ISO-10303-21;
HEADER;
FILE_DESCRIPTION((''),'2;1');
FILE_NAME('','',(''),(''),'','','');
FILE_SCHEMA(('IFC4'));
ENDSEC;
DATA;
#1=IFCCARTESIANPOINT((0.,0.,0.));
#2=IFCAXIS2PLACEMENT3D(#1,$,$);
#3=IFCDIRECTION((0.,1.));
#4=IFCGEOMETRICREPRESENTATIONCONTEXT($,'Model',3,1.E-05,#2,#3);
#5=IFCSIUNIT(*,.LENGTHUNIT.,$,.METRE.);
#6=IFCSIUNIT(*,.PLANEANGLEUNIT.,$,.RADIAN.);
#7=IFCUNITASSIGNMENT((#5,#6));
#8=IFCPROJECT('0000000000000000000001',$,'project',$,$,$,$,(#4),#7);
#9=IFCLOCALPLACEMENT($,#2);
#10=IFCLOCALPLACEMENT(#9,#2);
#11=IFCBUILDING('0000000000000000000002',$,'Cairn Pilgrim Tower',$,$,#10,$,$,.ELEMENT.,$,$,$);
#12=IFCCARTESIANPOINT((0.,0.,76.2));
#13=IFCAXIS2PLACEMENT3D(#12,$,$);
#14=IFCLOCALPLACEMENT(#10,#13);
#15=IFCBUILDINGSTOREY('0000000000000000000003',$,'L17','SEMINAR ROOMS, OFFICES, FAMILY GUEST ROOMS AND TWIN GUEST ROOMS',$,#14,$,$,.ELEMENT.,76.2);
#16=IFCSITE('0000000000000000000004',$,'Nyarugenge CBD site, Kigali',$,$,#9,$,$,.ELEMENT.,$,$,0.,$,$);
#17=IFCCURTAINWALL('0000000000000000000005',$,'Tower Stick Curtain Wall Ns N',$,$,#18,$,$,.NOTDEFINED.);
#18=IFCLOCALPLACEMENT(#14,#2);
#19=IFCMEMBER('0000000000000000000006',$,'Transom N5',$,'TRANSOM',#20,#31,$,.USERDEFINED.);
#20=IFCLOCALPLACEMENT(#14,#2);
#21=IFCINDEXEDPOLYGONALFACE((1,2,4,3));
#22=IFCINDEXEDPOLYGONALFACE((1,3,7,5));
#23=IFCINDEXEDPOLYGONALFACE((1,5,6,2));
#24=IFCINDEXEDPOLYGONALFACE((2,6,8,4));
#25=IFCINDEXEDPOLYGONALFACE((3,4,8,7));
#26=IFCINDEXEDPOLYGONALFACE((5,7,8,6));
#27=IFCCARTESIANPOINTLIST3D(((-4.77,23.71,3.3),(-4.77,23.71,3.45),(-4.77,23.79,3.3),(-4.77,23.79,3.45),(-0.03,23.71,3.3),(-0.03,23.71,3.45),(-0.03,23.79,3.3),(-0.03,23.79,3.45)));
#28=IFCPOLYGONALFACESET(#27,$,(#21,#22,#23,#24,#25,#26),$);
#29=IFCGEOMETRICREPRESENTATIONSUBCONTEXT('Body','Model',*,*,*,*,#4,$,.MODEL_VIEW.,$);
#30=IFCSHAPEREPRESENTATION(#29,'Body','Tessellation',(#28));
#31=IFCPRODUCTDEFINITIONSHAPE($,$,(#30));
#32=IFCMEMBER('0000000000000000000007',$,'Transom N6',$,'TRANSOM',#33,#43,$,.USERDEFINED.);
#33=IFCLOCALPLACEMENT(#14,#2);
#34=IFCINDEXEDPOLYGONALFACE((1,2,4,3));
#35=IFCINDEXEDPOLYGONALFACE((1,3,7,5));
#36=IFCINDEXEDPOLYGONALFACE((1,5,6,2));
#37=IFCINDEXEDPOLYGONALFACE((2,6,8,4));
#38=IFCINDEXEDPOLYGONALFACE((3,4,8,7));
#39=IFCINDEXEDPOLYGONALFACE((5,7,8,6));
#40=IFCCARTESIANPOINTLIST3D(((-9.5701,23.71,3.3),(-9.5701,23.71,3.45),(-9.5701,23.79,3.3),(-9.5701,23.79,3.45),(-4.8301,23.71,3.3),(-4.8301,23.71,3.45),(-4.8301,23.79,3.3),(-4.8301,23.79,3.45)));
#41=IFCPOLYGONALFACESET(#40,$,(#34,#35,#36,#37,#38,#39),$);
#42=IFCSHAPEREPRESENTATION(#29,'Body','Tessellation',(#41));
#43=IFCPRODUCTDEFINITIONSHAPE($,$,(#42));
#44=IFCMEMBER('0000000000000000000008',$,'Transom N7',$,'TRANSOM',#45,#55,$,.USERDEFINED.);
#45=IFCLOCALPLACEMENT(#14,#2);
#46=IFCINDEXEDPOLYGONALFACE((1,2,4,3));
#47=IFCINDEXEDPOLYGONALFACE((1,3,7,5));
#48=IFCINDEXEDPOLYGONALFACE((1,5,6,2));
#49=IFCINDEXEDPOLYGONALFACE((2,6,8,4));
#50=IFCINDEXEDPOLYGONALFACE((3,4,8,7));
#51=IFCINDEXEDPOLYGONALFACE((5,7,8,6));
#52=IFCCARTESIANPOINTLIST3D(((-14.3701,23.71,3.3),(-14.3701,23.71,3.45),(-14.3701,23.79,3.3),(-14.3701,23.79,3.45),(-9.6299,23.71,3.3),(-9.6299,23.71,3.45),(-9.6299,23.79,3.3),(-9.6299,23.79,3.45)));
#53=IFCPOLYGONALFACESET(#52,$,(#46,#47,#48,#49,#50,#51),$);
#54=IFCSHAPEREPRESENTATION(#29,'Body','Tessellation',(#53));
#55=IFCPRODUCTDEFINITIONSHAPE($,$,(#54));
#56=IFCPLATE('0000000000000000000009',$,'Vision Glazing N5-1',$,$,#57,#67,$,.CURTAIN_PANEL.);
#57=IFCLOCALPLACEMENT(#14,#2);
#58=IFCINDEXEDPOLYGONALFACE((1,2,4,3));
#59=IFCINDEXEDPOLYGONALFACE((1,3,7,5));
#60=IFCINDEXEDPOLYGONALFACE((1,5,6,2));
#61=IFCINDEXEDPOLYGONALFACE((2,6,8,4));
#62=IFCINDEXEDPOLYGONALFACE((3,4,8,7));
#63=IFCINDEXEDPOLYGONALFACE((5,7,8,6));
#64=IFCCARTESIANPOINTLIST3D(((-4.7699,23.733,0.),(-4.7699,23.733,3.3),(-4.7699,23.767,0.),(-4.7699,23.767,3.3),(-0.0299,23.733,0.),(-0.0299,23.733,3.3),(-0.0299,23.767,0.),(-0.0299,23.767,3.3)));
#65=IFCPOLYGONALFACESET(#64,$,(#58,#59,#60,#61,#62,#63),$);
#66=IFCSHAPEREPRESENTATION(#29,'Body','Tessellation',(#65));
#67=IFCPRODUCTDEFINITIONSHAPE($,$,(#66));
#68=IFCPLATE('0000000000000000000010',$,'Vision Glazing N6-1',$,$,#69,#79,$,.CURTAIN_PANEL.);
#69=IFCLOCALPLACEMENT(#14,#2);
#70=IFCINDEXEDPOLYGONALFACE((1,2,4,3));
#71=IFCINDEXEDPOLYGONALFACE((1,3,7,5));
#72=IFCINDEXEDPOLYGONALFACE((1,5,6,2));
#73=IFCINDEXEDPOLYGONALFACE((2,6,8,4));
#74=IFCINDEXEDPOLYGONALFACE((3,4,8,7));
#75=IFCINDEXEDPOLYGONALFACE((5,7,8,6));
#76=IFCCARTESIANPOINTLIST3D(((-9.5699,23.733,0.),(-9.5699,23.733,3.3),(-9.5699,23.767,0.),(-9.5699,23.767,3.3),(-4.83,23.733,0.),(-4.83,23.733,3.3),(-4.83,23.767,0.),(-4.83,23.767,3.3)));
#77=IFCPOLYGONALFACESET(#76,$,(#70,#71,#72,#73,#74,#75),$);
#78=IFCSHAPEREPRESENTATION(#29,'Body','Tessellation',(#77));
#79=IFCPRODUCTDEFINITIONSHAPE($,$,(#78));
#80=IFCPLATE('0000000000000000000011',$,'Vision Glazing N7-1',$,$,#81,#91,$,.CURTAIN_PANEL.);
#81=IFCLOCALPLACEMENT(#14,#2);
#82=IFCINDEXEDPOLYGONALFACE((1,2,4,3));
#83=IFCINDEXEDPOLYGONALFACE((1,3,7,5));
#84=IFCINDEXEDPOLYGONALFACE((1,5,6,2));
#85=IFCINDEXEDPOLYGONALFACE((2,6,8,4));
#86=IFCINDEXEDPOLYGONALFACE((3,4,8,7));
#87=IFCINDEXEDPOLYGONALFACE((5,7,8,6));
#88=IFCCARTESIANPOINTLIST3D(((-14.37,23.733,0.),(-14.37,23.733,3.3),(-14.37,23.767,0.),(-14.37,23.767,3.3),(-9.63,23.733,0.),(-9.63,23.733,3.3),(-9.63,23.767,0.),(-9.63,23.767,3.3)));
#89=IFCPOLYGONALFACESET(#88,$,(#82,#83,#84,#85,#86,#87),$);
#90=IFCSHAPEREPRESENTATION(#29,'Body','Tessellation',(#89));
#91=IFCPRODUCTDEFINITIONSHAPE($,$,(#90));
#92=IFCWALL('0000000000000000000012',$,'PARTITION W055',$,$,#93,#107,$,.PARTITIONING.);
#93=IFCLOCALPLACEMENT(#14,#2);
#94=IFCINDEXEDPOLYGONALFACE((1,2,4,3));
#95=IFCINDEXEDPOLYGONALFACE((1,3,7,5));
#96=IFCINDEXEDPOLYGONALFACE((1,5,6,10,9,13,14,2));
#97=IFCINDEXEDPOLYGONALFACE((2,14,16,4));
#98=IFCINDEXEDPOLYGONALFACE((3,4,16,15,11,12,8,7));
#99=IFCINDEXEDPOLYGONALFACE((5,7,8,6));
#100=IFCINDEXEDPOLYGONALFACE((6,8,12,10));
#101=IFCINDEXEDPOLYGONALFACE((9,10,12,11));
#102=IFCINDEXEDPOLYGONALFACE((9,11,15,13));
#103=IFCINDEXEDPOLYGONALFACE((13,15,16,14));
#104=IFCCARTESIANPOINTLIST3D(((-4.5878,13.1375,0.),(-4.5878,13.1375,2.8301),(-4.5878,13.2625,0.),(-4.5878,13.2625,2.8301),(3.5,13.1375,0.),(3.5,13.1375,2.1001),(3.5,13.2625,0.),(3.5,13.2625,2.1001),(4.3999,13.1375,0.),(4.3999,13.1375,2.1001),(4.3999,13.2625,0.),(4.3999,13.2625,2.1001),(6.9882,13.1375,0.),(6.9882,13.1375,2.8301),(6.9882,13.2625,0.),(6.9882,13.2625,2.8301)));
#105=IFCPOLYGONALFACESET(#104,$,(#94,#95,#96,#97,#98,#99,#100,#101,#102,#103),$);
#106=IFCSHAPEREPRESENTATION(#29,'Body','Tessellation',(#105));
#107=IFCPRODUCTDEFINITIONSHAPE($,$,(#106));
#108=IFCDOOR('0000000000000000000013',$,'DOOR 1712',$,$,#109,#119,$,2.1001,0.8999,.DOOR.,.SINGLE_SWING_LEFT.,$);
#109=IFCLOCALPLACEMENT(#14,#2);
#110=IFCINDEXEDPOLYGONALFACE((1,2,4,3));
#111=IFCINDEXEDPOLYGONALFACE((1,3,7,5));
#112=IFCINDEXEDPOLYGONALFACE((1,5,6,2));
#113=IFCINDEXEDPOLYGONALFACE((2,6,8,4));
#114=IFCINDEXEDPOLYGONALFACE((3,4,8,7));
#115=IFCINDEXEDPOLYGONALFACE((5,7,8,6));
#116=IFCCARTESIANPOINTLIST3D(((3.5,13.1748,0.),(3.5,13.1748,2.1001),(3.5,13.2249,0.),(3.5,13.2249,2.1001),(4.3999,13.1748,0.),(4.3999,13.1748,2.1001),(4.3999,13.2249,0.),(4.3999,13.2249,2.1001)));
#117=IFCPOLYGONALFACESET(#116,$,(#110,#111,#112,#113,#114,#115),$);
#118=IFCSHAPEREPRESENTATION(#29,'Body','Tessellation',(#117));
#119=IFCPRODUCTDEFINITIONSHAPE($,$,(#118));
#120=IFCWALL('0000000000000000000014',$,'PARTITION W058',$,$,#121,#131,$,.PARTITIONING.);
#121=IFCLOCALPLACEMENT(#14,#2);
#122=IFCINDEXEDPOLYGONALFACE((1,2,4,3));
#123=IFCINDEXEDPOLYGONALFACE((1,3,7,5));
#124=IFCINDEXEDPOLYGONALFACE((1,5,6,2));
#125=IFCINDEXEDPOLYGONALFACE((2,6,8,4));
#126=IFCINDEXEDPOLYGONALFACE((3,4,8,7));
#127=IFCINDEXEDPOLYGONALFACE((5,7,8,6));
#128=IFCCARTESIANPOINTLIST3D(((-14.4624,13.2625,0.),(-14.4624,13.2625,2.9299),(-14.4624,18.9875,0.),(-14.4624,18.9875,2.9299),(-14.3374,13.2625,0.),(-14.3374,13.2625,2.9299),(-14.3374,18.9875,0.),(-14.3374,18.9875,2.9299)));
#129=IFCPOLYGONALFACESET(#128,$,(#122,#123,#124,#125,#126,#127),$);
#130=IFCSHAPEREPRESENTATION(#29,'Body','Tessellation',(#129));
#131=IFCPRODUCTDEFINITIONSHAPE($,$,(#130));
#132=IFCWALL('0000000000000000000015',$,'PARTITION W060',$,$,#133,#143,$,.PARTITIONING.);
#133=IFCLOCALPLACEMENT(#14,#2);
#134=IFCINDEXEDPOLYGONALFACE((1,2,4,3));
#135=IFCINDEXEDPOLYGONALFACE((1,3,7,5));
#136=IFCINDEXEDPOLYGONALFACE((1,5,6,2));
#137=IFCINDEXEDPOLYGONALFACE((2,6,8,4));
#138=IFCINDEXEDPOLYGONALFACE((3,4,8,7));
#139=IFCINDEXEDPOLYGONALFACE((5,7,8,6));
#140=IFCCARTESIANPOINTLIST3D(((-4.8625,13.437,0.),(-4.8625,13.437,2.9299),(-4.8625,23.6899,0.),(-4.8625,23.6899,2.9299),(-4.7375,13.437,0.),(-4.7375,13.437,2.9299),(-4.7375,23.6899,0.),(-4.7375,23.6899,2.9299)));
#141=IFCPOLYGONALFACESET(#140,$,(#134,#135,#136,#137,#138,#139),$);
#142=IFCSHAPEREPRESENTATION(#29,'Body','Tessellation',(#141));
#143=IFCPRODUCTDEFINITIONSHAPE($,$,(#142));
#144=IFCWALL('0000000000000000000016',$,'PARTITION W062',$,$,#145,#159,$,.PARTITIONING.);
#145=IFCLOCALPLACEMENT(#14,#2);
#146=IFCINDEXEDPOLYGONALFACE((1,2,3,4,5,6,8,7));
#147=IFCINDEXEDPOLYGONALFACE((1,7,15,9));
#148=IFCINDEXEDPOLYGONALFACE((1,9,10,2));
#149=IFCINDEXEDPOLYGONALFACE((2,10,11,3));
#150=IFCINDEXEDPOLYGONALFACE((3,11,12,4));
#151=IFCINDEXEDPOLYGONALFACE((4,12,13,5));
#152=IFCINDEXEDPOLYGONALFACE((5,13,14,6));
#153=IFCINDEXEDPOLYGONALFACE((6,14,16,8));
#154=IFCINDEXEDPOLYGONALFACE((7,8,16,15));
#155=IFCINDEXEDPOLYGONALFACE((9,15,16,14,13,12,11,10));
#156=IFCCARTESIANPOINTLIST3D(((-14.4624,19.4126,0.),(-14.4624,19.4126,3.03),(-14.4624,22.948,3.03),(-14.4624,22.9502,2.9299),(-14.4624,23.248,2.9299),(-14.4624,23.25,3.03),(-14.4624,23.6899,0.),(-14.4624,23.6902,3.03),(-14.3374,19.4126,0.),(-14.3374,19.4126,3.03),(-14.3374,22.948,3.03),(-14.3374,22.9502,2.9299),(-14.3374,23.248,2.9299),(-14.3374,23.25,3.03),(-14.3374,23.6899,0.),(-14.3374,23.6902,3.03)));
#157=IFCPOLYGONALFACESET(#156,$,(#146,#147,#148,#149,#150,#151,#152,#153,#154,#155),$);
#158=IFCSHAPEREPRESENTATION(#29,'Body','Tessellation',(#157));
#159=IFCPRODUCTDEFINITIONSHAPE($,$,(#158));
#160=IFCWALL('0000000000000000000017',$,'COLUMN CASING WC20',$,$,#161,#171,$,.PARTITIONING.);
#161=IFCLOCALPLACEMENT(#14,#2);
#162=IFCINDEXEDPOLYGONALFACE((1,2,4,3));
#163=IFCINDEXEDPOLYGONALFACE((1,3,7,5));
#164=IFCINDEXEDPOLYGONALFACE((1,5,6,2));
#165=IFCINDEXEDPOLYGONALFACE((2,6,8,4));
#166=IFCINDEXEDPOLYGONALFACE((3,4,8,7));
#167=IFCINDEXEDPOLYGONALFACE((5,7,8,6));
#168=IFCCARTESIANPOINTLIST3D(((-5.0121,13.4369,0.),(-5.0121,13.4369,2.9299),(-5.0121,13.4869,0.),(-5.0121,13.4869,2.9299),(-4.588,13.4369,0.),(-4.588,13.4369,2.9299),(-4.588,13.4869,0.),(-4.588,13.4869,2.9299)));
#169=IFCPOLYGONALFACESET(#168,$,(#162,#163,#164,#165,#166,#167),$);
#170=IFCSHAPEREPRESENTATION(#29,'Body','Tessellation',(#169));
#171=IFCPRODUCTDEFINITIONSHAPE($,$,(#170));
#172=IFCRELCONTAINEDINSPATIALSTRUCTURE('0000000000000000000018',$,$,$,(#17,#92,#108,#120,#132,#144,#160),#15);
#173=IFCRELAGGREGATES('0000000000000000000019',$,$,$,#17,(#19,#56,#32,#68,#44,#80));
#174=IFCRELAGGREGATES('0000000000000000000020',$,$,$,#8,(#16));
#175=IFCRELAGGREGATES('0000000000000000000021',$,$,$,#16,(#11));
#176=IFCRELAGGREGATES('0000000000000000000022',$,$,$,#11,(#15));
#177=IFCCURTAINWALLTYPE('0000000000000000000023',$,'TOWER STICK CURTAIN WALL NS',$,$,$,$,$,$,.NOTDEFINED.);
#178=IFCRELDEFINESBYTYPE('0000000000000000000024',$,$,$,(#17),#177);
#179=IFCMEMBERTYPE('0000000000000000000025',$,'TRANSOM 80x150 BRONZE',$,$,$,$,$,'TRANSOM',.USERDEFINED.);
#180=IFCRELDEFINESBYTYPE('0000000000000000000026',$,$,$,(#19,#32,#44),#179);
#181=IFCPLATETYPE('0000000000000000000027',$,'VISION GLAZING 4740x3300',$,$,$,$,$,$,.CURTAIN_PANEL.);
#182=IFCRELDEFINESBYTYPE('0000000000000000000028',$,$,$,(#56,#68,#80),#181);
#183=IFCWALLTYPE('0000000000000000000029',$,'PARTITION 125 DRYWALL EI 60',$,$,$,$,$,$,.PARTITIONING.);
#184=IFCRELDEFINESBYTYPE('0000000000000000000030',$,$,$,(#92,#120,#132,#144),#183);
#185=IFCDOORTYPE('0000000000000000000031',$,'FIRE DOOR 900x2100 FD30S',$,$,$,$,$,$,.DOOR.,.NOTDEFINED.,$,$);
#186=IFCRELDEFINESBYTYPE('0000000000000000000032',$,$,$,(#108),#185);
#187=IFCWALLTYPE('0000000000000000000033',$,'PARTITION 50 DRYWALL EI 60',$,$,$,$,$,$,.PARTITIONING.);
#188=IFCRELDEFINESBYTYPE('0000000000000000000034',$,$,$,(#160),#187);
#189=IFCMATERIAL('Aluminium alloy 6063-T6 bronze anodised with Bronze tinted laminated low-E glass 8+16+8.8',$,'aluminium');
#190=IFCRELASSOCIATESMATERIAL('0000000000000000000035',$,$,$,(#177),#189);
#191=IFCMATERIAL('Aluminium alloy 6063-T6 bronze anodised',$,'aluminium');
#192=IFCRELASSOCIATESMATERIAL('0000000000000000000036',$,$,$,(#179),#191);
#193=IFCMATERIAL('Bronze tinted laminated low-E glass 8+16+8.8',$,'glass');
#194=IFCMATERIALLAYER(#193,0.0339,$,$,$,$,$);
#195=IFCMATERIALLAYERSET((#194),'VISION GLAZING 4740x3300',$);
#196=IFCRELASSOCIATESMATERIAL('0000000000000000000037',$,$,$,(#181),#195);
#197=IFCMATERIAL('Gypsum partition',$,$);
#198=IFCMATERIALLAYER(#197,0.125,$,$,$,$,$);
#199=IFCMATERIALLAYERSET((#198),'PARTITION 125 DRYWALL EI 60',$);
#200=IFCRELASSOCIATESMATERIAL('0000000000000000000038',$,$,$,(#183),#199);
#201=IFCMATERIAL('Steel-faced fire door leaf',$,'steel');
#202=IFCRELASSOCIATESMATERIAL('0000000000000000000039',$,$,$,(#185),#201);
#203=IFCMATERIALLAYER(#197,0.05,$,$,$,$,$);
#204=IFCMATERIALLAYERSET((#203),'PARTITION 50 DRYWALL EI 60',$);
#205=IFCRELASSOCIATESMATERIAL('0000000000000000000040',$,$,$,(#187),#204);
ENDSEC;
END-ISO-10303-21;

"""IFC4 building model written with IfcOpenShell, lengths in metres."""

from ifc_helpers import new_model, si_unit, direction, frame, frame_2d, origin, origin_2d, place, context, subcontext, project, spatial, polyline, rectangle, outline, extrude, material, layer, layer_set, material_profile, profile_set, type_object, element, fill, aggregate, save


model = new_model("IFC4")

# Units and contexts
model_context = context("Model", 3, precision=1e-05, world=origin(), true_north=direction((0.0, 1.0)))
body_context = subcontext(model_context, "Body", "Model", "MODEL_VIEW")
ifc_project = project(units=[si_unit("LENGTHUNIT", "METRE"), si_unit("PLANEANGLEUNIT", "RADIAN")], contexts=[model_context])

# Site, building, storey
site_placement = place(None, origin())
site = spatial("IfcSite", under=ifc_project, at=site_placement, Name="Nyarugenge CBD site, Kigali", CompositionType="ELEMENT", RefElevation=0.0)
building_placement = place(site_placement, origin())
building = spatial("IfcBuilding", under=site, at=building_placement, Name="Cairn Pilgrim Tower", CompositionType="ELEMENT")
storey_placement = place(building_placement, frame((0.0, 0.0, 76.2)))
storey = spatial("IfcBuildingStorey", under=building, at=storey_placement, Name="L17", Description="SEMINAR ROOMS, OFFICES, FAMILY GUEST ROOMS AND TWIN GUEST ROOMS", CompositionType="ELEMENT", Elevation=76.2)

# Curtain wall
ifc_material_1 = material(Name="Aluminium alloy 6063-T6 bronze anodised with Bronze tinted laminated low-E glass 8+16+8.8", Category="aluminium")
curtain_wall_type = type_object("IfcCurtainWallType", Name="TOWER STICK CURTAIN WALL NS", PredefinedType="NOTDEFINED", material=ifc_material_1)
curtain_wall_placement = place(storey_placement, origin())
curtain_wall = element("IfcCurtainWall", 1, at=curtain_wall_placement, inside=storey, type_object=curtain_wall_type, Name="Tower Stick Curtain Wall Ns N", PredefinedType="NOTDEFINED")
ifc_material_2 = material(Name="Aluminium alloy 6063-T6 bronze anodised", Category="aluminium")

# Members
ifc_material_profile_1 = material_profile(ifc_material_2, rectangle(XDim=0.0801, YDim=0.1499, at=origin_2d()), Name="TRANSOM 80x150 BRONZE")
ifc_profile_set_1 = profile_set([ifc_material_profile_1], Name="Aluminium alloy 6063-T6 bronze anodised")
member_type_1 = type_object("IfcMemberType", Name="TRANSOM 80x150 BRONZE", ElementType="TRANSOM", PredefinedType="USERDEFINED", material=ifc_profile_set_1)
member_1_placement = place(storey_placement, frame((-0.03, 23.75, 3.375), z_axis=(-1.0, 0.0, 0.0), x_axis=(0.0, -1.0, 0.0)))
member_1 = element("IfcMember", 2, at=member_1_placement, type_object=member_type_1, Name="Transom N5", ObjectType="TRANSOM", PredefinedType="USERDEFINED", context=body_context, shape_type="SweptSolid", body=[
    extrude(rectangle(XDim=0.0801, YDim=0.1499, at=origin_2d()), origin(), (0.0, 0.0, 1.0), 4.74),
])
member_2_placement = place(storey_placement, frame((-4.8301, 23.75, 3.375), z_axis=(-1.0, 0.0, 0.0), x_axis=(0.0, -1.0, 0.0)))
member_2 = element("IfcMember", 3, at=member_2_placement, type_object=member_type_1, Name="Transom N6", ObjectType="TRANSOM", PredefinedType="USERDEFINED", context=body_context, shape_type="SweptSolid", body=[
    extrude(rectangle(XDim=0.0801, YDim=0.1499, at=origin_2d()), origin(), (0.0, 0.0, 1.0), 4.74),
])
member_3_placement = place(storey_placement, frame((-9.6299, 23.75, 3.375), z_axis=(-1.0, 0.0, 0.0), x_axis=(0.0, -1.0, 0.0)))
member_3 = element("IfcMember", 4, at=member_3_placement, type_object=member_type_1, Name="Transom N7", ObjectType="TRANSOM", PredefinedType="USERDEFINED", context=body_context, shape_type="SweptSolid", body=[
    extrude(rectangle(XDim=0.0801, YDim=0.1499, at=origin_2d()), origin(), (0.0, 0.0, 1.0), 4.7402),
])

# Plates
ifc_material_3 = material(Name="Bronze tinted laminated low-E glass 8+16+8.8", Category="glass")
ifc_layer_1 = layer(ifc_material_3, 0.0339)
ifc_layer_set_1 = layer_set([ifc_layer_1], Name="VISION GLAZING 4740x3300")
plate_type = type_object("IfcPlateType", Name="VISION GLAZING 4740x3300", PredefinedType="CURTAIN_PANEL", material=ifc_layer_set_1)
plate_1_placement = place(storey_placement, frame((-2.3999, 23.75, 0.0), z_axis=(0.0, 0.0, 1.0), x_axis=(-1.0, 0.0, 0.0)))
plate_1 = element("IfcPlate", 5, at=plate_1_placement, type_object=plate_type, Name="Vision Glazing N5-1", PredefinedType="CURTAIN_PANEL", context=body_context, shape_type="SweptSolid", body=[
    extrude(rectangle(XDim=4.74, YDim=0.0339, at=origin_2d()), origin(), (0.0, 0.0, 1.0), 3.3),
])
plate_2_placement = place(storey_placement, frame((-7.2, 23.75, 0.0), z_axis=(0.0, 0.0, 1.0), x_axis=(-1.0, 0.0, 0.0)))
plate_2 = element("IfcPlate", 6, at=plate_2_placement, type_object=plate_type, Name="Vision Glazing N6-1", PredefinedType="CURTAIN_PANEL", context=body_context, shape_type="SweptSolid", body=[
    extrude(rectangle(XDim=4.74, YDim=0.0339, at=origin_2d()), origin(), (0.0, 0.0, 1.0), 3.3),
])
plate_3_placement = place(storey_placement, frame((-12.0, 23.75, 0.0), z_axis=(0.0, 0.0, 1.0), x_axis=(-1.0, 0.0, 0.0)))
plate_3 = element("IfcPlate", 7, at=plate_3_placement, type_object=plate_type, Name="Vision Glazing N7-1", PredefinedType="CURTAIN_PANEL", context=body_context, shape_type="SweptSolid", body=[
    extrude(rectangle(XDim=4.74, YDim=0.0339, at=origin_2d()), origin(), (0.0, 0.0, 1.0), 3.3),
])
aggregate(curtain_wall, [member_1, plate_1, member_2, plate_2, member_3, plate_3])

# Wall, opening, door
ifc_material_4 = material(Name="Gypsum partition")
ifc_layer_2 = layer(ifc_material_4, 0.125)
ifc_layer_set_2 = layer_set([ifc_layer_2], Name="PARTITION 125 DRYWALL EI 60")
wall_type_1 = type_object("IfcWallType", Name="PARTITION 125 DRYWALL EI 60", PredefinedType="PARTITIONING", material=ifc_layer_set_2)
wall_1_placement = place(storey_placement, frame((-4.5879, 13.2, 0.0), z_axis=(0.0, 0.0, 1.0), x_axis=(1.0, 0.0, 0.0)))
wall_1 = element("IfcWall", 8, at=wall_1_placement, inside=storey, type_object=wall_type_1, Name="PARTITION W055", PredefinedType="PARTITIONING", context=body_context, shape_type="SweptSolid", body=[
    extrude(rectangle(XDim=11.5759, YDim=0.125, at=frame_2d((5.7881, 0.0))), origin(), (0.0, 0.0, 1.0), 2.8301),
])
opening_placement = place(wall_1_placement, frame((8.0879, 0.0, 0.0)))
opening = element("IfcOpeningElement", 9, at=opening_placement, cuts=wall_1, PredefinedType="OPENING", context=body_context, shape_type="SweptSolid", body=[
    extrude(rectangle(XDim=0.8999, YDim=2.1001, at=frame_2d((0.45, 1.05))), frame((0.0, 0.0725, 0.0), z_axis=(0.0, -1.0, 0.0), x_axis=(1.0, 0.0, 0.0)), (0.0, 0.0, 1.0), 0.145),
])
ifc_material_5 = material(Name="Steel-faced fire door leaf", Category="steel")
door_type = type_object("IfcDoorType", Name="FIRE DOOR 900x2100 FD30S", OperationType="NOTDEFINED", PredefinedType="DOOR", material=ifc_material_5)
door_placement = place(opening_placement, origin())
door = element("IfcDoor", 10, at=door_placement, inside=storey, type_object=door_type, Name="DOOR 1712", OperationType="SINGLE_SWING_LEFT", OverallHeight=2.1001, OverallWidth=0.8999, PredefinedType="DOOR", context=body_context, shape_type="SweptSolid", body=[
    extrude(rectangle(XDim=0.8999, YDim=2.1001, at=frame_2d((0.45, 1.05))), frame((0.0, 0.0249, 0.0), z_axis=(0.0, -1.0, 0.0), x_axis=(1.0, 0.0, 0.0)), (0.0, 0.0, 1.0), 0.05),
])
fill(opening, door)

# Walls
wall_2_placement = place(storey_placement, frame((-14.3999, 13.2625, 0.0), z_axis=(0.0, 0.0, 1.0), x_axis=(0.0, 1.0, 0.0)))
element("IfcWall", 11, at=wall_2_placement, inside=storey, type_object=wall_type_1, Name="PARTITION W058", PredefinedType="PARTITIONING", context=body_context, shape_type="SweptSolid", body=[
    extrude(rectangle(XDim=5.7251, YDim=0.125, at=frame_2d((2.8625, 0.0))), origin(), (0.0, 0.0, 1.0), 2.9299),
])
wall_3_placement = place(storey_placement, frame((-4.8, 13.437, 0.0), z_axis=(0.0, 0.0, 1.0), x_axis=(0.0, 1.0, 0.0)))
element("IfcWall", 12, at=wall_3_placement, inside=storey, type_object=wall_type_1, Name="PARTITION W060", PredefinedType="PARTITIONING", context=body_context, shape_type="SweptSolid", body=[
    extrude(rectangle(XDim=10.2529, YDim=0.125, at=frame_2d((5.1265, 0.0))), origin(), (0.0, 0.0, 1.0), 2.9299),
])
wall_4_placement = place(storey_placement, frame((-14.3999, 19.4126, 0.0), z_axis=(0.0, 0.0, 1.0), x_axis=(0.0, 1.0, 0.0)))
element("IfcWall", 13, at=wall_4_placement, inside=storey, type_object=wall_type_1, Name="PARTITION W062", PredefinedType="PARTITIONING", context=body_context, shape_type="SweptSolid", body=[
    extrude(outline(polyline([(0.0, 0.0), (4.2773, 0.0), (4.2776, 3.03), (3.8374, 3.03), (3.8354, 2.9299), (3.5376, 2.9299), (3.5354, 3.03), (0.0, 3.03), (0.0, 0.0)])), frame((0.0, 0.0625, 0.0), z_axis=(0.0, -1.0, 0.0), x_axis=(1.0, 0.0, 0.0)), (0.0, 0.0, 1.0), 0.125),
])
ifc_layer_3 = layer(ifc_material_4, 0.05)
ifc_layer_set_3 = layer_set([ifc_layer_3], Name="PARTITION 50 DRYWALL EI 60")
wall_type_2 = type_object("IfcWallType", Name="PARTITION 50 DRYWALL EI 60", PredefinedType="PARTITIONING", material=ifc_layer_set_3)
wall_5_placement = place(storey_placement, frame((-5.012, 13.4619, 0.0), z_axis=(0.0, 0.0, 1.0), x_axis=(1.0, 0.0, 0.0)))
element("IfcWall", 14, at=wall_5_placement, inside=storey, type_object=wall_type_2, Name="COLUMN CASING WC20", PredefinedType="PARTITIONING", context=body_context, shape_type="SweptSolid", body=[
    extrude(rectangle(XDim=0.4241, YDim=0.05, at=frame_2d((0.2119, 0.0))), origin(), (0.0, 0.0, 1.0), 2.9299),
])

save(model, "model.ifc")
